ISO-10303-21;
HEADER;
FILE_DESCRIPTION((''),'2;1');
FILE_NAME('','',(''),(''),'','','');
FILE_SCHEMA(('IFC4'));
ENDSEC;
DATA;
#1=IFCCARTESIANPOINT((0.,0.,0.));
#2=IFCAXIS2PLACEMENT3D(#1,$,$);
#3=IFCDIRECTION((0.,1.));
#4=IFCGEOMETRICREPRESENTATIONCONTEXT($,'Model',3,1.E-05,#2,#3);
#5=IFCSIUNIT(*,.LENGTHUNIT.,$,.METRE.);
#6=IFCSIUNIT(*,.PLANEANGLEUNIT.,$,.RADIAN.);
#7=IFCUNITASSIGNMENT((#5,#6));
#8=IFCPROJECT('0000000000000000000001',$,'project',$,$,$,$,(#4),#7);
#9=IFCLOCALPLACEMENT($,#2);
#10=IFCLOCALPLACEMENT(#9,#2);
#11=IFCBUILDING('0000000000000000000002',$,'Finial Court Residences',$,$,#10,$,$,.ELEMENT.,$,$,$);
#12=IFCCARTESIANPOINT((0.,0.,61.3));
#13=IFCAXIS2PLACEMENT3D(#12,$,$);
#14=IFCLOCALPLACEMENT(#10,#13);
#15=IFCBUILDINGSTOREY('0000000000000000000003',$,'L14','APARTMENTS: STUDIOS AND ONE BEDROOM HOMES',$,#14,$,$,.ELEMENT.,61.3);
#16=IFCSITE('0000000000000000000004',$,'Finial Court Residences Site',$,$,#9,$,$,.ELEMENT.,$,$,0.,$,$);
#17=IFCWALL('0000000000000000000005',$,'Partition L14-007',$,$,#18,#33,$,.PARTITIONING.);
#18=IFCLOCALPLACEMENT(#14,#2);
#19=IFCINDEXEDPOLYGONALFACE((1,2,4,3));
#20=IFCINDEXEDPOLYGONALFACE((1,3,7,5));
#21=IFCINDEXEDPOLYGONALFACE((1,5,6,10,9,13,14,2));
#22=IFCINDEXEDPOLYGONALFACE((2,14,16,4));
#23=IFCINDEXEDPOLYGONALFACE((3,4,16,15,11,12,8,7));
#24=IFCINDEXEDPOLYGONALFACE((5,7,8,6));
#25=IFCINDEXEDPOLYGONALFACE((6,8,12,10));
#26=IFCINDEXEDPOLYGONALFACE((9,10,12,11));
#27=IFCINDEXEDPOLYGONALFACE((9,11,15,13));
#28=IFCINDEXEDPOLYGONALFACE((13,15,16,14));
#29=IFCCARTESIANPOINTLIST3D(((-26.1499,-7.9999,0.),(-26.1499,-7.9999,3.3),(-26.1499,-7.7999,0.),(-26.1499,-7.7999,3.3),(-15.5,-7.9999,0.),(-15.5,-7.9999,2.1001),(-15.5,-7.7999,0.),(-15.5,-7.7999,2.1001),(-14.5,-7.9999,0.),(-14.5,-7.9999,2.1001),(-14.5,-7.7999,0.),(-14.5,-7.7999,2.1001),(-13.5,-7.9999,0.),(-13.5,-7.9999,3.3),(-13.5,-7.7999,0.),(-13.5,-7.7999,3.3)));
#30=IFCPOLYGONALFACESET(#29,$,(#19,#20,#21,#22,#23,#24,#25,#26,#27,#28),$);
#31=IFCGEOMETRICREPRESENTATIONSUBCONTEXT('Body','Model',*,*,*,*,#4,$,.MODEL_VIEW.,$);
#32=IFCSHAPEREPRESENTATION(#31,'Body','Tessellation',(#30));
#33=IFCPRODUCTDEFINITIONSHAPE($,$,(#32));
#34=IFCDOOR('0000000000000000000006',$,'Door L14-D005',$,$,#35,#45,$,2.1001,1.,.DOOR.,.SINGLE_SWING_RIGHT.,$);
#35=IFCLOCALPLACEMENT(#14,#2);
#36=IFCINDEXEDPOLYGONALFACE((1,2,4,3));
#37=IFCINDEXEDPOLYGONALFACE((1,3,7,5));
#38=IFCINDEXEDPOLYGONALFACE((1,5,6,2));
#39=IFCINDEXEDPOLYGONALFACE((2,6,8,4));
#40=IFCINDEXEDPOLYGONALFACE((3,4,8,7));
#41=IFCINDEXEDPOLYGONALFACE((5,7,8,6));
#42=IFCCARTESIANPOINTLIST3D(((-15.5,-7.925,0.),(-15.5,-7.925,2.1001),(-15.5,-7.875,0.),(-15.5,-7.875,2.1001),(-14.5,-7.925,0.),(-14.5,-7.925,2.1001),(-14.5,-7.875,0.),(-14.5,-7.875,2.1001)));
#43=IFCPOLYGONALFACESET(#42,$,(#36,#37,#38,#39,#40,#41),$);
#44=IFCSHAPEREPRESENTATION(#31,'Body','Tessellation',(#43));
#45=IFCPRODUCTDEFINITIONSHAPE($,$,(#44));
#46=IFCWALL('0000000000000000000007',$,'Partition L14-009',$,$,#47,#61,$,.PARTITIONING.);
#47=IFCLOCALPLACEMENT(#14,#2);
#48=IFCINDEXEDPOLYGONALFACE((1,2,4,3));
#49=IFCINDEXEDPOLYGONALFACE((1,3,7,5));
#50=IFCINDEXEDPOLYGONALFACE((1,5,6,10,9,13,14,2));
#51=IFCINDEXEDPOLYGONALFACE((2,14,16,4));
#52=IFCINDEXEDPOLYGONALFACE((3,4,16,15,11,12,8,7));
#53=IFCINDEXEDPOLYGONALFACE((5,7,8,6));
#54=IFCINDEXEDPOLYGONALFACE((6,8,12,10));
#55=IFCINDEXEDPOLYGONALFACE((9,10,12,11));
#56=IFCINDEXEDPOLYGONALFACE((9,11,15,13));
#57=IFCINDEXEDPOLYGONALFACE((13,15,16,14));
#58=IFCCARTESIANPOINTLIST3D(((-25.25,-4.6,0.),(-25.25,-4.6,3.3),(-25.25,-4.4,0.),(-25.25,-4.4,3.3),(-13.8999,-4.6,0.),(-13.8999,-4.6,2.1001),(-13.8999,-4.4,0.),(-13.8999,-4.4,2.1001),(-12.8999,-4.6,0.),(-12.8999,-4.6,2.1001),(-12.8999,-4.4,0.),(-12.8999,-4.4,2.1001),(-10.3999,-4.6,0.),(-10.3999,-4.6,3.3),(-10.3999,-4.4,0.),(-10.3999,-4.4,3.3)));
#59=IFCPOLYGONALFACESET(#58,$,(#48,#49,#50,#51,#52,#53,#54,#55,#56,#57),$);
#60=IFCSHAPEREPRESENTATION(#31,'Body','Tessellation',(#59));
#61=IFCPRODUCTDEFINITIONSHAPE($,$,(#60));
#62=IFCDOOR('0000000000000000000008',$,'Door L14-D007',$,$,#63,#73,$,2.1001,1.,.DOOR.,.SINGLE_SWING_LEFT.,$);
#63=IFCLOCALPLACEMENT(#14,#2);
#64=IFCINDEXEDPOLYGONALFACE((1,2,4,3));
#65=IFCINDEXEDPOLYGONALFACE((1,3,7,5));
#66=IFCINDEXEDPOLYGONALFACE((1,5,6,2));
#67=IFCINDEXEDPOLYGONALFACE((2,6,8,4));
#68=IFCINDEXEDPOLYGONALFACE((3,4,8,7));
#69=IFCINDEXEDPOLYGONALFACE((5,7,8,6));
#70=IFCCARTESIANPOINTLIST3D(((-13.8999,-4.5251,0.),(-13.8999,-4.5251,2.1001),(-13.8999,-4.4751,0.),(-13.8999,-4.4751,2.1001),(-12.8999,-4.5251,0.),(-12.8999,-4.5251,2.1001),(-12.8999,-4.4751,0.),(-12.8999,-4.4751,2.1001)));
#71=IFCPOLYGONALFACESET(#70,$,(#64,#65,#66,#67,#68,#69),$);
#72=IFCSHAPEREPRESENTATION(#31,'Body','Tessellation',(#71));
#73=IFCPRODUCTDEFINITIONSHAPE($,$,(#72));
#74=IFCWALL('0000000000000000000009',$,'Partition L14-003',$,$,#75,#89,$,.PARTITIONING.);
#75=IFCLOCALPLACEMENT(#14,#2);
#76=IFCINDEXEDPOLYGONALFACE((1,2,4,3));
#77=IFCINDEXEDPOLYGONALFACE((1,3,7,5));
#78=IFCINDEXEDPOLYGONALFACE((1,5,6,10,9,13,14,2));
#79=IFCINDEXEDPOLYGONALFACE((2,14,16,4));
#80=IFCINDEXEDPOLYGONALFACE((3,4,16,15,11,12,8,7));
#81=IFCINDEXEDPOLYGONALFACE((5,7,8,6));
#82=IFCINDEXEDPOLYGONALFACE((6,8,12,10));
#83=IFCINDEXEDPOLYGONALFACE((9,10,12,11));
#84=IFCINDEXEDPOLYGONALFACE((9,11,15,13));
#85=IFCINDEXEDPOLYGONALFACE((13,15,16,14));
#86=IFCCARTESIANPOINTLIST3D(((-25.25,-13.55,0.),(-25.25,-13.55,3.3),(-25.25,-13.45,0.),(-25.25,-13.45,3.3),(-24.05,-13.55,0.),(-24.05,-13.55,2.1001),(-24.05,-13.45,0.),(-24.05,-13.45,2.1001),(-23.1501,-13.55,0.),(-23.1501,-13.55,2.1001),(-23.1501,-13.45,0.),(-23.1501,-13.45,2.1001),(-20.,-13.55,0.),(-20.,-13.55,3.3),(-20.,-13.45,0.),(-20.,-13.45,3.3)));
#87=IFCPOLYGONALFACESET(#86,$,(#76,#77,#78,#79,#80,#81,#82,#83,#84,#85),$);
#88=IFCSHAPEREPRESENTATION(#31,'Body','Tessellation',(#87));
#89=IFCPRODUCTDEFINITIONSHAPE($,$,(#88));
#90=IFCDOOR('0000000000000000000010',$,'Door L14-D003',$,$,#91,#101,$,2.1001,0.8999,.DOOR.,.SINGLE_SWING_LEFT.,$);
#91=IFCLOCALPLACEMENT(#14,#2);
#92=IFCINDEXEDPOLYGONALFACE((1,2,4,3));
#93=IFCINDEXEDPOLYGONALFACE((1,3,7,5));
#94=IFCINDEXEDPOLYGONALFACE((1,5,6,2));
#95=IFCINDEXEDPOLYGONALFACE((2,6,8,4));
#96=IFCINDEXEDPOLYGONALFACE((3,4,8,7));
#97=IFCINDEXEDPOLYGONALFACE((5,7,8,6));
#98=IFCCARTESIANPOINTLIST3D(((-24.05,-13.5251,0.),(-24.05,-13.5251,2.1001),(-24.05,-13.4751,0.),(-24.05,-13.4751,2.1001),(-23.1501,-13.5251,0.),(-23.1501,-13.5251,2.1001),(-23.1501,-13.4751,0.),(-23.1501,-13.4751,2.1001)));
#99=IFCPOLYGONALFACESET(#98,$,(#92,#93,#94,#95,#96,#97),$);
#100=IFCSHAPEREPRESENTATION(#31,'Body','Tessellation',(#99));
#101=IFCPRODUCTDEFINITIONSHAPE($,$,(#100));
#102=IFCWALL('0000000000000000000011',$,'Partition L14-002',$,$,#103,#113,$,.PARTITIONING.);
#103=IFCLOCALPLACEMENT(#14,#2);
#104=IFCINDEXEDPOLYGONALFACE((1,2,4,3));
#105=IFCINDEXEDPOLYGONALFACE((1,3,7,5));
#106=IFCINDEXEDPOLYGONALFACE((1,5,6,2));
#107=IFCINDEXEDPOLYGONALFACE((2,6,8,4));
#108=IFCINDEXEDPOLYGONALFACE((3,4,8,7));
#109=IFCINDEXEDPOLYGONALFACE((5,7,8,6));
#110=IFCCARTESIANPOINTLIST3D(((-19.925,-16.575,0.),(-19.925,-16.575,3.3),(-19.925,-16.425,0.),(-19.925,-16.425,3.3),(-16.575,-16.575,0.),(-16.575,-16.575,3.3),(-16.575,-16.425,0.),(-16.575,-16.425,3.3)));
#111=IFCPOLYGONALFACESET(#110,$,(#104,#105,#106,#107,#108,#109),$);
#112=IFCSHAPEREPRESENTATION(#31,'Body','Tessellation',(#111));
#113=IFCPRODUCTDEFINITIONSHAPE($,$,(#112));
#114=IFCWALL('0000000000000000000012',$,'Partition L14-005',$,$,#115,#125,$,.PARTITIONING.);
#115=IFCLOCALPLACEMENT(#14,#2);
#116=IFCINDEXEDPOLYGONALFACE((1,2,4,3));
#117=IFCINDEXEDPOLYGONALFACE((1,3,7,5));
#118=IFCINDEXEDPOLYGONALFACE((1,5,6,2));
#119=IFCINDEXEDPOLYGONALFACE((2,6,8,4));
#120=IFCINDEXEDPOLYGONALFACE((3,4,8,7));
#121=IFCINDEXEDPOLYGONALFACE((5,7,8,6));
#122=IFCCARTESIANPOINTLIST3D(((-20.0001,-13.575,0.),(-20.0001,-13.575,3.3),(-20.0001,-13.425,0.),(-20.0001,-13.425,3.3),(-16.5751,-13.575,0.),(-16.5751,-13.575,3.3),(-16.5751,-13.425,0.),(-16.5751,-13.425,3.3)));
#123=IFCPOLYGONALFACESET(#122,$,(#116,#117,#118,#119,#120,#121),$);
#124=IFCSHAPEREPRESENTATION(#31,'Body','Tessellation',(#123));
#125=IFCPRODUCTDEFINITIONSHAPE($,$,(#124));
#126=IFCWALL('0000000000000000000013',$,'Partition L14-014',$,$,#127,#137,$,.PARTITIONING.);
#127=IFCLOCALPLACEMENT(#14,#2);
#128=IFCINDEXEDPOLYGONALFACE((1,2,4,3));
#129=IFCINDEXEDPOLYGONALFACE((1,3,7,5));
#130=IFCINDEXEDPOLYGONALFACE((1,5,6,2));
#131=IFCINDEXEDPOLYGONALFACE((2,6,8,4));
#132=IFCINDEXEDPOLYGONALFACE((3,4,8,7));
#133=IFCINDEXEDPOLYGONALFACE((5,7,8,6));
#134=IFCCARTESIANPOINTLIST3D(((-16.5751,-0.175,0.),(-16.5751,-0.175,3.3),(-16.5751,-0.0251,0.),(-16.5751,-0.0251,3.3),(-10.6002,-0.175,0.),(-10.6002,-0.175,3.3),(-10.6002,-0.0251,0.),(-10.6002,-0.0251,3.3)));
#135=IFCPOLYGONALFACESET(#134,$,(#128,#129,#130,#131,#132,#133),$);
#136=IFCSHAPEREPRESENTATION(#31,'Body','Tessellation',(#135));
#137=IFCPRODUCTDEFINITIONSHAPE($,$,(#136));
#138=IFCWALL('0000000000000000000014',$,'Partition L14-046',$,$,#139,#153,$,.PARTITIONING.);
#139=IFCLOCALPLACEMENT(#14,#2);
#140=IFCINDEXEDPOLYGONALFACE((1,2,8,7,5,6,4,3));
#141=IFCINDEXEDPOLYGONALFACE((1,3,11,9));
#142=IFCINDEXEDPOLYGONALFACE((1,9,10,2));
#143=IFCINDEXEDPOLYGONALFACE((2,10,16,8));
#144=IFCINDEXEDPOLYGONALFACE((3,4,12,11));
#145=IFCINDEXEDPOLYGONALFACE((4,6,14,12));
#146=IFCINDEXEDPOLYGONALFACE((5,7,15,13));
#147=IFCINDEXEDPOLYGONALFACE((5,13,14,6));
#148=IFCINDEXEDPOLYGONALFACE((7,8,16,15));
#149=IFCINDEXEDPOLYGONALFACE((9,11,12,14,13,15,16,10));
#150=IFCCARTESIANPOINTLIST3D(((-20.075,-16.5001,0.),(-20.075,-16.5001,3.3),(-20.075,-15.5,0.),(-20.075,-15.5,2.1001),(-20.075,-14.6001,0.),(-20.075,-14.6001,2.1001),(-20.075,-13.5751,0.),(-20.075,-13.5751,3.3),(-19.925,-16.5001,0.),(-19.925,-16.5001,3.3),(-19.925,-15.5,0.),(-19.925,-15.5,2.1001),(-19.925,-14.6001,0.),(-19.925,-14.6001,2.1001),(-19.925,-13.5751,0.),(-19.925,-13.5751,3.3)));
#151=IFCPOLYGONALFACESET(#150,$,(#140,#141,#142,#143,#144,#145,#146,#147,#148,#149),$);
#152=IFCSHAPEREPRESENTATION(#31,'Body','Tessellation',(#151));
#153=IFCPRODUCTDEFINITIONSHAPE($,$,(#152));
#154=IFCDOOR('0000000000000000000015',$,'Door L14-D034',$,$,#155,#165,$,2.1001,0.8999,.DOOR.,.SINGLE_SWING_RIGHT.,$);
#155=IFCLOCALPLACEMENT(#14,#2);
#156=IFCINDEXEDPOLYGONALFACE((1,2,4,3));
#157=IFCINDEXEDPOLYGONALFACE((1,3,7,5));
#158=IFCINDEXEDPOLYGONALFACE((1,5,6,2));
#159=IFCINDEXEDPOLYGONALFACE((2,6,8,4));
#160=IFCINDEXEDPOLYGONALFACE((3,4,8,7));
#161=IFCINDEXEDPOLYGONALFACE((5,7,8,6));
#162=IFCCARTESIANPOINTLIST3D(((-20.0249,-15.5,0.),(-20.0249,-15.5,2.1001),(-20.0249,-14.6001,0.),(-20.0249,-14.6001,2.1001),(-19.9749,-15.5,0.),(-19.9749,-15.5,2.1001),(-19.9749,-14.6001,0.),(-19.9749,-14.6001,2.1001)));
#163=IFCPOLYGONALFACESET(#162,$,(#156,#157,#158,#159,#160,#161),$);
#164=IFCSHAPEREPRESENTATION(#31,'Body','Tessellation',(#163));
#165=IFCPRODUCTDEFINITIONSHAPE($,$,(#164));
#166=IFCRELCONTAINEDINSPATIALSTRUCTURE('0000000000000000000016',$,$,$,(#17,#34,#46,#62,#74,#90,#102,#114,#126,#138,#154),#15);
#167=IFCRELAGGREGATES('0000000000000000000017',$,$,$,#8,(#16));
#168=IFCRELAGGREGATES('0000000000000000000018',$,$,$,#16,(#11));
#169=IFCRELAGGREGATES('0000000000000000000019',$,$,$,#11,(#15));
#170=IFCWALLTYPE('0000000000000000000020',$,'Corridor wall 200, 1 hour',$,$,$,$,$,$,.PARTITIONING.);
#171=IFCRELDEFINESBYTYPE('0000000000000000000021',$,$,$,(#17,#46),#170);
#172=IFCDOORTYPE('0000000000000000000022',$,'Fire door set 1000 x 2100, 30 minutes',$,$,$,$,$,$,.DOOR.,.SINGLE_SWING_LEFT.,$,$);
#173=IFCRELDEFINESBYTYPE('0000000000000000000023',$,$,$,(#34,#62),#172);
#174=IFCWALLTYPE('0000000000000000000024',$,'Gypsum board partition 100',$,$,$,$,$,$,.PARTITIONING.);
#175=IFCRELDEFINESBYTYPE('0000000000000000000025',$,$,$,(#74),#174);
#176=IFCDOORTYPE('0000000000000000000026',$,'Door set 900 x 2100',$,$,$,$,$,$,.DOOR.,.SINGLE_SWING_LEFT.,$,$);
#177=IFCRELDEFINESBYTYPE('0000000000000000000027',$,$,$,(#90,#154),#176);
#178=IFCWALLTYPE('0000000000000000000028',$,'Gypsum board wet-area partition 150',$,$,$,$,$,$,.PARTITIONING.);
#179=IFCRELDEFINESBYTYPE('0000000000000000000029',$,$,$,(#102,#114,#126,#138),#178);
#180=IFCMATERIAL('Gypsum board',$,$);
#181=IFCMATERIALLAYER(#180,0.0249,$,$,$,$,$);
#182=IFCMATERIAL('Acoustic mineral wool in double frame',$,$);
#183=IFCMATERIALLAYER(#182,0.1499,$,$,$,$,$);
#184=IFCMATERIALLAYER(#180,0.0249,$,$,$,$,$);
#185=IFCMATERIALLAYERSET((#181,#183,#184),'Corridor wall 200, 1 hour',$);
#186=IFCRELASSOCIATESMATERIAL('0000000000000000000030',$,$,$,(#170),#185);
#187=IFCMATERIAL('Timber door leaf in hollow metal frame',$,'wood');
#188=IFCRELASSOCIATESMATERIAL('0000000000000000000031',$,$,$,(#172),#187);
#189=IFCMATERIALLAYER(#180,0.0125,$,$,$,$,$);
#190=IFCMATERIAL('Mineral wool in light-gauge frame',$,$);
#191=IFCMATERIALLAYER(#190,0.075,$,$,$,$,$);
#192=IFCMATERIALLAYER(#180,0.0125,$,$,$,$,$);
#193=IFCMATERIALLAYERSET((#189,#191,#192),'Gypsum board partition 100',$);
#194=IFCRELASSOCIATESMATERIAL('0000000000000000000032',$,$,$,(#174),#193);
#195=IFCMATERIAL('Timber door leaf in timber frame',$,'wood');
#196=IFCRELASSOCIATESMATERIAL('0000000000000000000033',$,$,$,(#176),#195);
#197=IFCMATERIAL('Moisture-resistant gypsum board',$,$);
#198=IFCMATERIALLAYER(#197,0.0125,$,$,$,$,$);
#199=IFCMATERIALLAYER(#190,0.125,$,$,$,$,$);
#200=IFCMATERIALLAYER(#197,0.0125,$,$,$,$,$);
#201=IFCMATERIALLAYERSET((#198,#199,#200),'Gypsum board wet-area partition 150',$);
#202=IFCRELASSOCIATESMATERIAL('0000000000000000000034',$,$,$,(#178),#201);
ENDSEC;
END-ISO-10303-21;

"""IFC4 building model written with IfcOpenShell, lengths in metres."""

from ifc_helpers import new_model, si_unit, direction, frame, frame_2d, origin, place, context, subcontext, project, spatial, rectangle, extrude, material, layer, layer_set, type_object, element, fill, save


model = new_model("IFC4")

# Units and contexts
model_context = context("Model", 3, precision=1e-05, world=origin(), true_north=direction((0.0, 1.0)))
body_context = subcontext(model_context, "Body", "Model", "MODEL_VIEW")
ifc_project = project(units=[si_unit("LENGTHUNIT", "METRE"), si_unit("PLANEANGLEUNIT", "RADIAN")], contexts=[model_context])

# Site, building, storey
site_placement = place(None, origin())
site = spatial("IfcSite", under=ifc_project, at=site_placement, Name="Finial Court Residences Site", CompositionType="ELEMENT", RefElevation=0.0)
building_placement = place(site_placement, origin())
building = spatial("IfcBuilding", under=site, at=building_placement, Name="Finial Court Residences", CompositionType="ELEMENT")
storey_placement = place(building_placement, frame((0.0, 0.0, 61.3)))
storey = spatial("IfcBuildingStorey", under=building, at=storey_placement, Name="L14", Description="APARTMENTS: STUDIOS AND ONE BEDROOM HOMES", CompositionType="ELEMENT", Elevation=61.3)

# Walls, openings, doors
ifc_material_1 = material(Name="Gypsum board")
ifc_layer_1 = layer(ifc_material_1, 0.0249)
ifc_material_2 = material(Name="Acoustic mineral wool in double frame")
ifc_layer_2 = layer(ifc_material_2, 0.1499)
ifc_layer_3 = layer(ifc_material_1, 0.0249)
ifc_layer_set_1 = layer_set([ifc_layer_1, ifc_layer_2, ifc_layer_3], Name="Corridor wall 200, 1 hour")
wall_type_1 = type_object("IfcWallType", Name="Corridor wall 200, 1 hour", PredefinedType="PARTITIONING", material=ifc_layer_set_1)
wall_1_placement = place(storey_placement, frame((-26.1499, -7.8999, 0.0), z_axis=(0.0, 0.0, 1.0), x_axis=(1.0, 0.0, 0.0)))
wall_1 = element("IfcWall", 1, at=wall_1_placement, inside=storey, type_object=wall_type_1, Name="Partition L14-007", PredefinedType="PARTITIONING", context=body_context, shape_type="SweptSolid", body=[
    extrude(rectangle(XDim=12.6499, YDim=0.2, at=frame_2d((6.325, 0.0))), origin(), (0.0, 0.0, 1.0), 3.3),
])
opening_1_placement = place(wall_1_placement, frame((10.6499, 0.0, 0.0)))
opening_1 = element("IfcOpeningElement", 2, at=opening_1_placement, cuts=wall_1, PredefinedType="OPENING", context=body_context, shape_type="SweptSolid", body=[
    extrude(rectangle(XDim=1.0, YDim=2.1001, at=frame_2d((0.5, 1.05))), frame((0.0, 0.1099, 0.0), z_axis=(0.0, -1.0, 0.0), x_axis=(1.0, 0.0, 0.0)), (0.0, 0.0, 1.0), 0.22),
])
ifc_material_3 = material(Name="Timber door leaf in hollow metal frame", Category="wood")
door_type_1 = type_object("IfcDoorType", Name="Fire door set 1000 x 2100, 30 minutes", OperationType="SINGLE_SWING_LEFT", PredefinedType="DOOR", material=ifc_material_3)
door_1_placement = place(opening_1_placement, origin())
door_1 = element("IfcDoor", 3, at=door_1_placement, inside=storey, type_object=door_type_1, Name="Door L14-D005", OperationType="SINGLE_SWING_RIGHT", OverallHeight=2.1001, OverallWidth=1.0, PredefinedType="DOOR", context=body_context, shape_type="SweptSolid", body=[
    extrude(rectangle(XDim=1.0, YDim=2.1001, at=frame_2d((0.5, 1.05))), frame((0.0, 0.0249, 0.0), z_axis=(0.0, -1.0, 0.0), x_axis=(1.0, 0.0, 0.0)), (0.0, 0.0, 1.0), 0.05),
])
fill(opening_1, door_1)
wall_2_placement = place(storey_placement, frame((-25.25, -4.5, 0.0), z_axis=(0.0, 0.0, 1.0), x_axis=(1.0, 0.0, 0.0)))
wall_2 = element("IfcWall", 4, at=wall_2_placement, inside=storey, type_object=wall_type_1, Name="Partition L14-009", PredefinedType="PARTITIONING", context=body_context, shape_type="SweptSolid", body=[
    extrude(rectangle(XDim=14.8501, YDim=0.2, at=frame_2d((7.425, 0.0))), origin(), (0.0, 0.0, 1.0), 3.3),
])
opening_2_placement = place(wall_2_placement, frame((11.3501, 0.0, 0.0)))
opening_2 = element("IfcOpeningElement", 5, at=opening_2_placement, cuts=wall_2, PredefinedType="OPENING", context=body_context, shape_type="SweptSolid", body=[
    extrude(rectangle(XDim=1.0, YDim=2.1001, at=frame_2d((0.5, 1.05))), frame((0.0, 0.1099, 0.0), z_axis=(0.0, -1.0, 0.0), x_axis=(1.0, 0.0, 0.0)), (0.0, 0.0, 1.0), 0.22),
])
door_2_placement = place(opening_2_placement, origin())
door_2 = element("IfcDoor", 6, at=door_2_placement, inside=storey, type_object=door_type_1, Name="Door L14-D007", OperationType="SINGLE_SWING_LEFT", OverallHeight=2.1001, OverallWidth=1.0, PredefinedType="DOOR", context=body_context, shape_type="SweptSolid", body=[
    extrude(rectangle(XDim=1.0, YDim=2.1001, at=frame_2d((0.5, 1.05))), frame((0.0, 0.0249, 0.0), z_axis=(0.0, -1.0, 0.0), x_axis=(1.0, 0.0, 0.0)), (0.0, 0.0, 1.0), 0.05),
])
fill(opening_2, door_2)
ifc_layer_4 = layer(ifc_material_1, 0.0125)
ifc_material_4 = material(Name="Mineral wool in light-gauge frame")
ifc_layer_5 = layer(ifc_material_4, 0.075)
ifc_layer_6 = layer(ifc_material_1, 0.0125)
ifc_layer_set_2 = layer_set([ifc_layer_4, ifc_layer_5, ifc_layer_6], Name="Gypsum board partition 100")
wall_type_2 = type_object("IfcWallType", Name="Gypsum board partition 100", PredefinedType="PARTITIONING", material=ifc_layer_set_2)
wall_3_placement = place(storey_placement, frame((-25.25, -13.5, 0.0), z_axis=(0.0, 0.0, 1.0), x_axis=(1.0, 0.0, 0.0)))
wall_3 = element("IfcWall", 7, at=wall_3_placement, inside=storey, type_object=wall_type_2, Name="Partition L14-003", PredefinedType="PARTITIONING", context=body_context, shape_type="SweptSolid", body=[
    extrude(rectangle(XDim=5.25, YDim=0.1001, at=frame_2d((2.625, 0.0))), origin(), (0.0, 0.0, 1.0), 3.3),
])
opening_3_placement = place(wall_3_placement, frame((1.2, 0.0, 0.0)))
opening_3 = element("IfcOpeningElement", 8, at=opening_3_placement, cuts=wall_3, PredefinedType="OPENING", context=body_context, shape_type="SweptSolid", body=[
    extrude(rectangle(XDim=0.8999, YDim=2.1001, at=frame_2d((0.45, 1.05))), frame((0.0, 0.0601, 0.0), z_axis=(0.0, -1.0, 0.0), x_axis=(1.0, 0.0, 0.0)), (0.0, 0.0, 1.0), 0.1201),
])
ifc_material_5 = material(Name="Timber door leaf in timber frame", Category="wood")
door_type_2 = type_object("IfcDoorType", Name="Door set 900 x 2100", OperationType="SINGLE_SWING_LEFT", PredefinedType="DOOR", material=ifc_material_5)
door_3_placement = place(opening_3_placement, origin())
door_3 = element("IfcDoor", 9, at=door_3_placement, inside=storey, type_object=door_type_2, Name="Door L14-D003", OperationType="SINGLE_SWING_LEFT", OverallHeight=2.1001, OverallWidth=0.8999, PredefinedType="DOOR", context=body_context, shape_type="SweptSolid", body=[
    extrude(rectangle(XDim=0.8999, YDim=2.1001, at=frame_2d((0.45, 1.05))), frame((0.0, 0.0249, 0.0), z_axis=(0.0, -1.0, 0.0), x_axis=(1.0, 0.0, 0.0)), (0.0, 0.0, 1.0), 0.05),
])
fill(opening_3, door_3)

# Walls
ifc_material_6 = material(Name="Moisture-resistant gypsum board")
ifc_layer_7 = layer(ifc_material_6, 0.0125)
ifc_layer_8 = layer(ifc_material_4, 0.125)
ifc_layer_9 = layer(ifc_material_6, 0.0125)
ifc_layer_set_3 = layer_set([ifc_layer_7, ifc_layer_8, ifc_layer_9], Name="Gypsum board wet-area partition 150")
wall_type_3 = type_object("IfcWallType", Name="Gypsum board wet-area partition 150", PredefinedType="PARTITIONING", material=ifc_layer_set_3)
wall_4_placement = place(storey_placement, frame((-19.925, -16.5, 0.0), z_axis=(0.0, 0.0, 1.0), x_axis=(1.0, 0.0, 0.0)))
element("IfcWall", 10, at=wall_4_placement, inside=storey, type_object=wall_type_3, Name="Partition L14-002", PredefinedType="PARTITIONING", context=body_context, shape_type="SweptSolid", body=[
    extrude(rectangle(XDim=3.3501, YDim=0.1499, at=frame_2d((1.675, 0.0))), origin(), (0.0, 0.0, 1.0), 3.3),
])
wall_5_placement = place(storey_placement, frame((-20.0, -13.5, 0.0), z_axis=(0.0, 0.0, 1.0), x_axis=(1.0, 0.0, 0.0)))
element("IfcWall", 11, at=wall_5_placement, inside=storey, type_object=wall_type_3, Name="Partition L14-005", PredefinedType="PARTITIONING", context=body_context, shape_type="SweptSolid", body=[
    extrude(rectangle(XDim=3.425, YDim=0.1499, at=frame_2d((1.7124, 0.0))), origin(), (0.0, 0.0, 1.0), 3.3),
])
wall_6_placement = place(storey_placement, frame((-16.575, -0.1001, 0.0), z_axis=(0.0, 0.0, 1.0), x_axis=(1.0, 0.0, 0.0)))
element("IfcWall", 12, at=wall_6_placement, inside=storey, type_object=wall_type_3, Name="Partition L14-014", PredefinedType="PARTITIONING", context=body_context, shape_type="SweptSolid", body=[
    extrude(rectangle(XDim=5.9749, YDim=0.1499, at=frame_2d((2.9873, 0.0))), origin(), (0.0, 0.0, 1.0), 3.3),
])

# Wall, opening, door
wall_7_placement = place(storey_placement, frame((-20.0, -16.5, 0.0), z_axis=(0.0, 0.0, 1.0), x_axis=(0.0, 1.0, 0.0)))
wall_7 = element("IfcWall", 13, at=wall_7_placement, inside=storey, type_object=wall_type_3, Name="Partition L14-046", PredefinedType="PARTITIONING", context=body_context, shape_type="SweptSolid", body=[
    extrude(rectangle(XDim=2.925, YDim=0.1499, at=frame_2d((1.4624, 0.0))), origin(), (0.0, 0.0, 1.0), 3.3),
])
opening_4_placement = place(wall_7_placement, frame((1.0, 0.0, 0.0)))
opening_4 = element("IfcOpeningElement", 14, at=opening_4_placement, cuts=wall_7, PredefinedType="OPENING", context=body_context, shape_type="SweptSolid", body=[
    extrude(rectangle(XDim=0.8999, YDim=2.1001, at=frame_2d((0.45, 1.05))), frame((0.0, 0.085, 0.0), z_axis=(0.0, -1.0, 0.0), x_axis=(1.0, 0.0, 0.0)), (0.0, 0.0, 1.0), 0.1699),
])
door_4_placement = place(opening_4_placement, origin())
door_4 = element("IfcDoor", 15, at=door_4_placement, inside=storey, type_object=door_type_2, Name="Door L14-D034", OperationType="SINGLE_SWING_RIGHT", OverallHeight=2.1001, OverallWidth=0.8999, PredefinedType="DOOR", context=body_context, shape_type="SweptSolid", body=[
    extrude(rectangle(XDim=0.8999, YDim=2.1001, at=frame_2d((0.45, 1.05))), frame((0.0, 0.0249, 0.0), z_axis=(0.0, -1.0, 0.0), x_axis=(1.0, 0.0, 0.0)), (0.0, 0.0, 1.0), 0.05),
])
fill(opening_4, door_4)

save(model, "model.ifc")
